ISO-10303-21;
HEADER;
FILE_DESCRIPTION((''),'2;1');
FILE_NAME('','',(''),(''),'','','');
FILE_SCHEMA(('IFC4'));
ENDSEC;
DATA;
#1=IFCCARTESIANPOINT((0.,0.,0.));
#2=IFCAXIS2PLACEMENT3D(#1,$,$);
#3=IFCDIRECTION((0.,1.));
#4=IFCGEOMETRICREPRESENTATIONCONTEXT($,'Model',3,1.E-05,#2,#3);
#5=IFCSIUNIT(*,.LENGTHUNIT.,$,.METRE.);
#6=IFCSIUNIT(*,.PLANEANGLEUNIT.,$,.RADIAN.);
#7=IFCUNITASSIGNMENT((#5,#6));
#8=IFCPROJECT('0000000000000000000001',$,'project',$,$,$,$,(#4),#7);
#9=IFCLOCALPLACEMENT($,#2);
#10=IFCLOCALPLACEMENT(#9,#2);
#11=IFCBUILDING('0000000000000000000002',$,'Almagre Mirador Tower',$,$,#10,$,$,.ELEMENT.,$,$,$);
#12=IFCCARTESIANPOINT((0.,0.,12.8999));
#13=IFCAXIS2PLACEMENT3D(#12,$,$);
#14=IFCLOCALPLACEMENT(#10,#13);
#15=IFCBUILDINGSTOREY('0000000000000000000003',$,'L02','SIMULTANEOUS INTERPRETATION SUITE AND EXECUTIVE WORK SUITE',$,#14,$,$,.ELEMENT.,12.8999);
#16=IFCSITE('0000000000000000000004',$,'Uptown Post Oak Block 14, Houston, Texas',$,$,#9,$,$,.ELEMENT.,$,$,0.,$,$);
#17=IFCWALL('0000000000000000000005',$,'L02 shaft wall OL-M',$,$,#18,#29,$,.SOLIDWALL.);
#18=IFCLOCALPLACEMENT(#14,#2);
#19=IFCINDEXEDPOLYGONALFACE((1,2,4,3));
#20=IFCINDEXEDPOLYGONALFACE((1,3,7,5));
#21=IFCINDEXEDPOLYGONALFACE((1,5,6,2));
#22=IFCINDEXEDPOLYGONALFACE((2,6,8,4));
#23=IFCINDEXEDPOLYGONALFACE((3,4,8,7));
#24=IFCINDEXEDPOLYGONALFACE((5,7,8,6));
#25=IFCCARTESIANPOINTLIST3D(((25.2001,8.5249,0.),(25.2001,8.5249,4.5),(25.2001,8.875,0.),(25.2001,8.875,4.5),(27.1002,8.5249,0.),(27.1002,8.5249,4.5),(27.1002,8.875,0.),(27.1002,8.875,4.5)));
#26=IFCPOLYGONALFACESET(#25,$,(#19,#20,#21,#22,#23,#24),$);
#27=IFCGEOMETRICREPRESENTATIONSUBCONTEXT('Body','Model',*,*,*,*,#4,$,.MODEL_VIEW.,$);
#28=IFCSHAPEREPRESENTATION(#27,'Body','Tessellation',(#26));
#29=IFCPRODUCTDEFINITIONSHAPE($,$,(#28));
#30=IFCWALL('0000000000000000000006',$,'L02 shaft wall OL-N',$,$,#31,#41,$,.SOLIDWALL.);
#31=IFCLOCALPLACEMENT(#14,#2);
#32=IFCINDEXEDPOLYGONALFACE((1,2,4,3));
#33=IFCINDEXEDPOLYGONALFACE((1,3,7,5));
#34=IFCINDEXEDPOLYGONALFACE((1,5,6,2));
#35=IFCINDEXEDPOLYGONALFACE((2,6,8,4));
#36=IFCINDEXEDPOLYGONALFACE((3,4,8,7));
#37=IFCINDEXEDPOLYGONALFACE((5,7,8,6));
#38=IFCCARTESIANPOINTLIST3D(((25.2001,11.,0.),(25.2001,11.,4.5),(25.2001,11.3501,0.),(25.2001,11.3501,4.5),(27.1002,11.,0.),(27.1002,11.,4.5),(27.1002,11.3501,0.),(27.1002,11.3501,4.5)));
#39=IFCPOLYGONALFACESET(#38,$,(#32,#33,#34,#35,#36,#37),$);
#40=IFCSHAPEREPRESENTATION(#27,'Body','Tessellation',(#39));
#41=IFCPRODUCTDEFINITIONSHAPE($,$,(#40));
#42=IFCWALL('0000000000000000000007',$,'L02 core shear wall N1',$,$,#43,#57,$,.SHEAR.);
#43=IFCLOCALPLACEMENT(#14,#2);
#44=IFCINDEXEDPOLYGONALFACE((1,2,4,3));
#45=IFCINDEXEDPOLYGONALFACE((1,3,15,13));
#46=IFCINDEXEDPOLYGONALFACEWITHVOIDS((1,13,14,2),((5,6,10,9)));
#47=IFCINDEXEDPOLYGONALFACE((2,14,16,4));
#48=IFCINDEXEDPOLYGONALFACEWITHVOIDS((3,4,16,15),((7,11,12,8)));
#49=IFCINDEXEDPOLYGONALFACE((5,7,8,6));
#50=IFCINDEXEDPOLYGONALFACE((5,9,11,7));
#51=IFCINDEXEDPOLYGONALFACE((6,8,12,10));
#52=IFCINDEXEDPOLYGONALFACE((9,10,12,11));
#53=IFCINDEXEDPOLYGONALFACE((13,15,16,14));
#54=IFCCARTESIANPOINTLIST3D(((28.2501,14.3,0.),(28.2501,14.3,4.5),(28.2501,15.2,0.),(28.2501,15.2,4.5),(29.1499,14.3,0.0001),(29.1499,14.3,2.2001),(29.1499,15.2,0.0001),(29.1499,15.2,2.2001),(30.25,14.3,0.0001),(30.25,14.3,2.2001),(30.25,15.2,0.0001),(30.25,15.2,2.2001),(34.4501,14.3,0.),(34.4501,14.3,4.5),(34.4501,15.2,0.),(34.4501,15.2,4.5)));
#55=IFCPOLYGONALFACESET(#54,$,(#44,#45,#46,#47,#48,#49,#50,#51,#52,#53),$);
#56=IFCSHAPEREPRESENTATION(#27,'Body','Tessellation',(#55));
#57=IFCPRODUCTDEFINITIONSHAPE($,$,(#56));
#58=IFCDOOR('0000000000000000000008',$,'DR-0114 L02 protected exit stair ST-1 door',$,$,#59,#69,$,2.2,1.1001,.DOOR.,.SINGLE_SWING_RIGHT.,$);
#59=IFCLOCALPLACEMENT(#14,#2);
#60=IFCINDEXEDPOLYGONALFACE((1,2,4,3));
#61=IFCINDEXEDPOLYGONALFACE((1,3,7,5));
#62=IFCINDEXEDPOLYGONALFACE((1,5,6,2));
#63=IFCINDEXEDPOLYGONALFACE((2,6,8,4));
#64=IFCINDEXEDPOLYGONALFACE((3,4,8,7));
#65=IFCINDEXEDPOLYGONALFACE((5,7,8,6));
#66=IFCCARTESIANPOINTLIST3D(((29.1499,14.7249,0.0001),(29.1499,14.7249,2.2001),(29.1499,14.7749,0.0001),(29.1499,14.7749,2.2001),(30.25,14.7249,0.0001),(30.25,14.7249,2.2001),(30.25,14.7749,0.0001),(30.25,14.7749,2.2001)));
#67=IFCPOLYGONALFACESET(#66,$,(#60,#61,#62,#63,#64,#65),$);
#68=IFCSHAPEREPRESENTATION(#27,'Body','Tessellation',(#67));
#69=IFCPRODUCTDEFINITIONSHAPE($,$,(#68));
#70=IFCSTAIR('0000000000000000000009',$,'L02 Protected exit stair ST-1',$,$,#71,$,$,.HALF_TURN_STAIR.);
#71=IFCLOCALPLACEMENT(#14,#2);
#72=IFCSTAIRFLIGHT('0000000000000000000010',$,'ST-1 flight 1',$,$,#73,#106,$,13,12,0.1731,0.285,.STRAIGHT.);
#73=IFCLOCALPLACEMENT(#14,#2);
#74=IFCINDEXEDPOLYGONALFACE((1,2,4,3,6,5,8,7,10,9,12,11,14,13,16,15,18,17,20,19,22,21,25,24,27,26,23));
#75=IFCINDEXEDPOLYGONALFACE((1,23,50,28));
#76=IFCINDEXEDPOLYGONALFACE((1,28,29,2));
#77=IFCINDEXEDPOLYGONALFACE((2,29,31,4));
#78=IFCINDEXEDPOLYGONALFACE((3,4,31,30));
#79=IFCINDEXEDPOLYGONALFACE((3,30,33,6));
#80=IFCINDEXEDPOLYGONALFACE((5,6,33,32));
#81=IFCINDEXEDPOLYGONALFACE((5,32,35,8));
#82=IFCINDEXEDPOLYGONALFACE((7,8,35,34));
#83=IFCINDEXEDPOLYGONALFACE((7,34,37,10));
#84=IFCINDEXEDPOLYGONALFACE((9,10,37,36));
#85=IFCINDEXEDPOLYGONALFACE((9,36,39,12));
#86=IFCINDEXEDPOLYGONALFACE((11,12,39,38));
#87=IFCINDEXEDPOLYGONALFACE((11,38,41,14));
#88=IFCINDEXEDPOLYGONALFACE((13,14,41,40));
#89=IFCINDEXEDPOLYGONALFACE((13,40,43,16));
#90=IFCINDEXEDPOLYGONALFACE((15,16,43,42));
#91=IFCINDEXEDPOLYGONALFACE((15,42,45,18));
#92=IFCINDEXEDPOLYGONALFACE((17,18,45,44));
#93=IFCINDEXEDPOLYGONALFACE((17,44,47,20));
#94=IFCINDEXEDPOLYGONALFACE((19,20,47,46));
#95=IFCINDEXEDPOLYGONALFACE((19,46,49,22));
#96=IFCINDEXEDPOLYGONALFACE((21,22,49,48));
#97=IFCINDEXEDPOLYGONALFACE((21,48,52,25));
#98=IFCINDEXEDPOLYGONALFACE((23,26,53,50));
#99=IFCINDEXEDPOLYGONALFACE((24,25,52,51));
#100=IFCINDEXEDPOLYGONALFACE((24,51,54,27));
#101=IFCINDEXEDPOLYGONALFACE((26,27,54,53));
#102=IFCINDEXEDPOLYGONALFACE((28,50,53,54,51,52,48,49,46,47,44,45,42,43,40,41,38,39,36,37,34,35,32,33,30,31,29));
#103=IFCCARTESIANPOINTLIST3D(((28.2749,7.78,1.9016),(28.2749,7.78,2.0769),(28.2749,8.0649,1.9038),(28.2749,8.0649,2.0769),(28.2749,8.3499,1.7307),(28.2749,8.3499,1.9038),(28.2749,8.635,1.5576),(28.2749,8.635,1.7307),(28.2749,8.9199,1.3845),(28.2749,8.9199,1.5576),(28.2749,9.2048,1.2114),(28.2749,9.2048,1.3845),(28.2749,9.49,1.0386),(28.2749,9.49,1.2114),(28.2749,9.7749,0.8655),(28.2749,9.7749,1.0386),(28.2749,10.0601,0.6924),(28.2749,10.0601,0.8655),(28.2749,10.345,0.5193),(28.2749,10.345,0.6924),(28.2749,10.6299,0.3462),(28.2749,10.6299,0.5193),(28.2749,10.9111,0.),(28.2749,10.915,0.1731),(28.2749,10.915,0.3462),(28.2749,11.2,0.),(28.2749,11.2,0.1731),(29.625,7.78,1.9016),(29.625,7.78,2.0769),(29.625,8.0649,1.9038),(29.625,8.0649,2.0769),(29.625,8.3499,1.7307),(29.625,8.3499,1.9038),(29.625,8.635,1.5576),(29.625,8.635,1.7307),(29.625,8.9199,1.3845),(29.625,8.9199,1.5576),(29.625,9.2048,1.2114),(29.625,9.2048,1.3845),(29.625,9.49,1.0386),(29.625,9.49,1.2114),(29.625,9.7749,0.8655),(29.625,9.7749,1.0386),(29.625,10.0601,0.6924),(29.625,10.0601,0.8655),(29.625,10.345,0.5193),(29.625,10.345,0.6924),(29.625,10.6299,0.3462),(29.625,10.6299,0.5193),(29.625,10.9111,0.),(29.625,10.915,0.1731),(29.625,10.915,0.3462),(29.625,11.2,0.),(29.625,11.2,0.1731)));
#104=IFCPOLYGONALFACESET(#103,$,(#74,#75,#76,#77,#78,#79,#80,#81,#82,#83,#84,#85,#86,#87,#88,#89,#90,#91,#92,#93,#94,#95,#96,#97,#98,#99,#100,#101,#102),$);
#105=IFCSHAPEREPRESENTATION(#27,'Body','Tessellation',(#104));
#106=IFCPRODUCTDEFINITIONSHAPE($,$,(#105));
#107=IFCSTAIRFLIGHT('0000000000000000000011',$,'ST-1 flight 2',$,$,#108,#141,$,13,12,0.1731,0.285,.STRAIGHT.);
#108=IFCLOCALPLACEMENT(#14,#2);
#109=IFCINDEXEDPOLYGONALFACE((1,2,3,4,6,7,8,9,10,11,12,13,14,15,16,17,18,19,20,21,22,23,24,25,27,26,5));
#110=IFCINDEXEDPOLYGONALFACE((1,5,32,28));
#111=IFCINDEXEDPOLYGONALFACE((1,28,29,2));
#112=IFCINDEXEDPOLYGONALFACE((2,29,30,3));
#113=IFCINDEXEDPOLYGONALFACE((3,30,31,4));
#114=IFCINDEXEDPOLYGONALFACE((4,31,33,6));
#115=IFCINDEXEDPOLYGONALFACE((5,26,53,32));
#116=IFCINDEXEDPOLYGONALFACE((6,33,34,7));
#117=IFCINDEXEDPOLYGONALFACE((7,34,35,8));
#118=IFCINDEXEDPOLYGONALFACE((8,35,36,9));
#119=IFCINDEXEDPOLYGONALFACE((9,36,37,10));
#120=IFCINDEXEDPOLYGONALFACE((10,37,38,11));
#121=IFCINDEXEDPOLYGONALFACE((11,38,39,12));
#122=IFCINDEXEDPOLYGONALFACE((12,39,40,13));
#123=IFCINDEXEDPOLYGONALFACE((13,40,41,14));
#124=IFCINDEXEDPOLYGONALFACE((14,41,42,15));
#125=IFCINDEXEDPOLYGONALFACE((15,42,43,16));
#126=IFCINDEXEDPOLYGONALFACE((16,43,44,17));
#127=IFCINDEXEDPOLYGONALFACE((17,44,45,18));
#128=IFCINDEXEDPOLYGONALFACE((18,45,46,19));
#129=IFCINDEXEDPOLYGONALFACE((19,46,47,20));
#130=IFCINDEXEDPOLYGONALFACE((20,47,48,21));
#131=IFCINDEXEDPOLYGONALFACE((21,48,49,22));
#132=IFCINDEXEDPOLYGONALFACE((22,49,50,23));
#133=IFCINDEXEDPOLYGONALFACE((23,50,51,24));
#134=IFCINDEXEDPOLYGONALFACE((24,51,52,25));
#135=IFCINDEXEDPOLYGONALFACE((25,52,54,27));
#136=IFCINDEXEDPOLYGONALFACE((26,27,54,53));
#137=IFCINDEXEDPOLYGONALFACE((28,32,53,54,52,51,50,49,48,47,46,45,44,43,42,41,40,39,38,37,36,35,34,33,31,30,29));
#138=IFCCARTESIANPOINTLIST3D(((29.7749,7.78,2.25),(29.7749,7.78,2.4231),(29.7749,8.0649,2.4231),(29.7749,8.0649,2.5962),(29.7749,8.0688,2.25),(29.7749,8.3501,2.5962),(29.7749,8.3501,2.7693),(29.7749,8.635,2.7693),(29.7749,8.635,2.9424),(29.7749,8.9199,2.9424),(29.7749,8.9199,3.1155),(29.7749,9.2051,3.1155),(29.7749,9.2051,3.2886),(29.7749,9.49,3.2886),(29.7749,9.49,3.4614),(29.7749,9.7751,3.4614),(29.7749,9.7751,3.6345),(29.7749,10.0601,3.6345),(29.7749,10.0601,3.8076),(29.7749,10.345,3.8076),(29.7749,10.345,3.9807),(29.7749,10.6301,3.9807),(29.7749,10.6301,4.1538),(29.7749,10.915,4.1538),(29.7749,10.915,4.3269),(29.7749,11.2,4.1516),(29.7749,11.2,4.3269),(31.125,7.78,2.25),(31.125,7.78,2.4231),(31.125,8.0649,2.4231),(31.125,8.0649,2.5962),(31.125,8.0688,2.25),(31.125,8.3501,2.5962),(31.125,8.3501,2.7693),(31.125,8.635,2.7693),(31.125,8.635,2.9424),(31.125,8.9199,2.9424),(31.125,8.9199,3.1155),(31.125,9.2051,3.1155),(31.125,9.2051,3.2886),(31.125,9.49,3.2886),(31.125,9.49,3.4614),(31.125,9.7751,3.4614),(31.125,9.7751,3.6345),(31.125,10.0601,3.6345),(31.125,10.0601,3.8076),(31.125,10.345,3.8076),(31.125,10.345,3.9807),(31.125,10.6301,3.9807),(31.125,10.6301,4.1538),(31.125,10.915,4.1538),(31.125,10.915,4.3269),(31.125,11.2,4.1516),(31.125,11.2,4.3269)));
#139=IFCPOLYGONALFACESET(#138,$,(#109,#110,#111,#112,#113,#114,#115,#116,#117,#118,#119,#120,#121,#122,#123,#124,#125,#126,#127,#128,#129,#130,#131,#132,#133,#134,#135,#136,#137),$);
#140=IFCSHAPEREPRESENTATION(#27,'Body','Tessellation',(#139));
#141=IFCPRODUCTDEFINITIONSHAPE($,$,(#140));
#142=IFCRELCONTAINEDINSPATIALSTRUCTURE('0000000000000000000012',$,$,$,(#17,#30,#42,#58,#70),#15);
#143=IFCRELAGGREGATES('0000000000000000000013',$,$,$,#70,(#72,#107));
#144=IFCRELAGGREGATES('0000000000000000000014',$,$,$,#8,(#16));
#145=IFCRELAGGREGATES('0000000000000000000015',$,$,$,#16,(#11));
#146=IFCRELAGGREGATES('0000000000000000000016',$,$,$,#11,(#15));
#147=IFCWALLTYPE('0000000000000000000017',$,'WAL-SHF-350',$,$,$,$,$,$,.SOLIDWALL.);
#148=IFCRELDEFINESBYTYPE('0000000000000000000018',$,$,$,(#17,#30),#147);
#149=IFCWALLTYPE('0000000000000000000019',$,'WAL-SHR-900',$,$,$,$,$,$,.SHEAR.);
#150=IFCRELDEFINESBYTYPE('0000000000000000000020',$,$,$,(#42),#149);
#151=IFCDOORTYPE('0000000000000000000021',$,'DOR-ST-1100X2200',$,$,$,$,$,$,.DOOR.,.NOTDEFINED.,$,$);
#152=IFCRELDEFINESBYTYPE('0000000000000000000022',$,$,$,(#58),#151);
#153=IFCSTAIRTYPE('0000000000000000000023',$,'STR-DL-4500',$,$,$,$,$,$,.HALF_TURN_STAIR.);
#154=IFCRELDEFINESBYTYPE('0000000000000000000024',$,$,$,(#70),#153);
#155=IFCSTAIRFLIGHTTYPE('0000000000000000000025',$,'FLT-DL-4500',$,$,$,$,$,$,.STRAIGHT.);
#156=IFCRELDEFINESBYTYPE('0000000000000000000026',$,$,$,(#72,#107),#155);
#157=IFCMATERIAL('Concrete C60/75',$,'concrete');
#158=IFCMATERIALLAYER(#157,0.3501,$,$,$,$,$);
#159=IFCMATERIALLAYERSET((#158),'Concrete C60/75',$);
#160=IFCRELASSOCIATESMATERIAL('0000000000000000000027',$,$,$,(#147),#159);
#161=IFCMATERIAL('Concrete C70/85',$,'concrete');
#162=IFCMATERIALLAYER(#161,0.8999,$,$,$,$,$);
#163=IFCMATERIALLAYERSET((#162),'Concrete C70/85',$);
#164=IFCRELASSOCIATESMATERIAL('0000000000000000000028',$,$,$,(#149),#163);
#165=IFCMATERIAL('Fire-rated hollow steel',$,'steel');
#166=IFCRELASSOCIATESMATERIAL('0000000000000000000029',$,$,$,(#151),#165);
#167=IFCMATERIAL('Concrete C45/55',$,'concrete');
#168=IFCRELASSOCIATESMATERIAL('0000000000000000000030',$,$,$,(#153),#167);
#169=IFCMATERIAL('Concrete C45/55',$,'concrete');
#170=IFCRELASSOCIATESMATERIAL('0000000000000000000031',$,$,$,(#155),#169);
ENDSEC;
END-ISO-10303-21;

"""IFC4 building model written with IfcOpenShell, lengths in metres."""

from ifc_helpers import new_model, si_unit, direction, frame, frame_2d, origin, place, context, subcontext, project, spatial, polyline, rectangle, outline, extrude, material, layer, layer_set, type_object, element, fill, aggregate, save


model = new_model("IFC4")

# Units and contexts
model_context = context("Model", 3, precision=1e-05, world=origin(), true_north=direction((0.0, 1.0)))
body_context = subcontext(model_context, "Body", "Model", "MODEL_VIEW")
ifc_project = project(units=[si_unit("LENGTHUNIT", "METRE"), si_unit("PLANEANGLEUNIT", "RADIAN")], contexts=[model_context])

# Site, building, storey
site_placement = place(None, origin())
site = spatial("IfcSite", under=ifc_project, at=site_placement, Name="Uptown Post Oak Block 14, Houston, Texas", CompositionType="ELEMENT", RefElevation=0.0)
building_placement = place(site_placement, origin())
building = spatial("IfcBuilding", under=site, at=building_placement, Name="Almagre Mirador Tower", CompositionType="ELEMENT")
storey_placement = place(building_placement, frame((0.0, 0.0, 12.8999)))
storey = spatial("IfcBuildingStorey", under=building, at=storey_placement, Name="L02", Description="SIMULTANEOUS INTERPRETATION SUITE AND EXECUTIVE WORK SUITE", CompositionType="ELEMENT", Elevation=12.8999)

# Shared definitions
ifc_material_1 = material(Name="Concrete C60/75", Category="concrete")
ifc_layer_1 = layer(ifc_material_1, 0.3501)
ifc_layer_set_1 = layer_set([ifc_layer_1], Name="Concrete C60/75")
wall_type_1 = type_object("IfcWallType", Name="WAL-SHF-350", PredefinedType="SOLIDWALL", material=ifc_layer_set_1)

# Walls
for number, where, z_axis, x_axis, name in (
    (1, (25.2, 8.7, 0.0), (0.0, 0.0, 1.0), (1.0, 0.0, 0.0), "L02 shaft wall OL-M"),
    (2, (25.2, 11.175, 0.0), (0.0, 0.0, 1.0), (1.0, 0.0, 0.0), "L02 shaft wall OL-N"),
):
    element("IfcWall", number, at=place(storey_placement, frame(where, z_axis=z_axis, x_axis=x_axis)), inside=storey, type_object=wall_type_1, Name=name, PredefinedType="SOLIDWALL", context=body_context, shape_type="SweptSolid", body=[
        extrude(rectangle(XDim=1.9001, YDim=0.3501, at=frame_2d((0.9502, 0.0))), origin(), (0.0, 0.0, 1.0), 4.5),
    ])

# Wall, opening, door
ifc_material_2 = material(Name="Concrete C70/85", Category="concrete")
ifc_layer_2 = layer(ifc_material_2, 0.8999)
ifc_layer_set_2 = layer_set([ifc_layer_2], Name="Concrete C70/85")
wall_type_2 = type_object("IfcWallType", Name="WAL-SHR-900", PredefinedType="SHEAR", material=ifc_layer_set_2)
wall_1_placement = place(storey_placement, frame((28.25, 14.75, 0.0), z_axis=(0.0, 0.0, 1.0), x_axis=(1.0, 0.0, 0.0)))
wall_1 = element("IfcWall", 3, at=wall_1_placement, inside=storey, type_object=wall_type_2, Name="L02 core shear wall N1", PredefinedType="SHEAR", context=body_context, shape_type="SweptSolid", body=[
    extrude(rectangle(XDim=6.2, YDim=0.8999, at=frame_2d((3.1001, 0.0))), origin(), (0.0, 0.0, 1.0), 4.5),
])
opening_1_placement = place(wall_1_placement, frame((0.8999, 0.0, 0.0)))
opening_1 = element("IfcOpeningElement", 4, at=opening_1_placement, cuts=wall_1, PredefinedType="OPENING", context=body_context, shape_type="SweptSolid", body=[
    extrude(rectangle(XDim=1.1001, YDim=2.2, at=frame_2d((0.55, 1.1001))), frame((0.0, 0.46, 0.0), z_axis=(0.0, -1.0, 0.0), x_axis=(1.0, 0.0, 0.0)), (0.0, 0.0, 1.0), 0.9199),
])
ifc_material_3 = material(Name="Fire-rated hollow steel", Category="steel")
door_type_1 = type_object("IfcDoorType", Name="DOR-ST-1100X2200", OperationType="NOTDEFINED", PredefinedType="DOOR", material=ifc_material_3)
door_1_placement = place(opening_1_placement, origin())
door_1 = element("IfcDoor", 5, at=door_1_placement, inside=storey, type_object=door_type_1, Name="DR-0114 L02 protected exit stair ST-1 door", OperationType="SINGLE_SWING_RIGHT", OverallHeight=2.2, OverallWidth=1.1001, PredefinedType="DOOR", context=body_context, shape_type="SweptSolid", body=[
    extrude(rectangle(XDim=1.1001, YDim=2.2, at=frame_2d((0.55, 1.1001))), frame((0.0, 0.0249, 0.0), z_axis=(0.0, -1.0, 0.0), x_axis=(1.0, 0.0, 0.0)), (0.0, 0.0, 1.0), 0.05),
])
fill(opening_1, door_1)

# Stair, stair flights
ifc_material_4 = material(Name="Concrete C45/55", Category="concrete")
stair_type = type_object("IfcStairType", Name="STR-DL-4500", PredefinedType="HALF_TURN_STAIR", material=ifc_material_4)
stair_placement = place(storey_placement, origin())
stair = element("IfcStair", 6, at=stair_placement, inside=storey, type_object=stair_type, Name="L02 Protected exit stair ST-1", PredefinedType="HALF_TURN_STAIR")
ifc_material_5 = material(Name="Concrete C45/55", Category="concrete")
stair_flight_type = type_object("IfcStairFlightType", Name="FLT-DL-4500", PredefinedType="STRAIGHT", material=ifc_material_5)
stair_flight_1_placement = place(storey_placement, frame((28.95, 11.2, 0.0), z_axis=(0.0, 0.0, 1.0), x_axis=(0.0, -1.0, 0.0)))
stair_flight_1 = element("IfcStairFlight", 7, at=stair_flight_1_placement, type_object=stair_flight_type, Name="ST-1 flight 1", NumberOfRisers=13, NumberOfTreads=12, PredefinedType="STRAIGHT", RiserHeight=0.1731, TreadLength=0.285, context=body_context, shape_type="SweptSolid", body=[
    extrude(outline(polyline([(0.0, 0.0), (0.0, 0.1731), (0.2849, 0.1731), (0.2849, 0.3462), (0.5701, 0.3462), (0.5701, 0.5193), (0.855, 0.5193), (0.855, 0.6924), (1.1399, 0.6924), (1.1399, 0.8655), (1.425, 0.8655), (1.425, 1.0386), (1.71, 1.0386), (1.71, 1.2114), (1.9951, 1.2114), (1.9951, 1.3845), (2.28, 1.3845), (2.28, 1.5576), (2.5649, 1.5576), (2.5649, 1.7307), (2.8501, 1.7307), (2.8501, 1.9038), (3.135, 1.9038), (3.135, 2.0769), (3.4199, 2.0769), (3.4199, 2.25), (3.4199, 1.9016), (0.2888, 0.0), (0.0, 0.0)])), frame((0.0, 0.675, 0.0), z_axis=(0.0, -1.0, 0.0), x_axis=(1.0, 0.0, 0.0)), (0.0, 0.0, 1.0), 1.3501),
])
stair_flight_2_placement = place(storey_placement, frame((30.45, 7.78, 2.25), z_axis=(0.0, 0.0, 1.0), x_axis=(0.0, 1.0, 0.0)))
stair_flight_2 = element("IfcStairFlight", 8, at=stair_flight_2_placement, type_object=stair_flight_type, Name="ST-1 flight 2", NumberOfRisers=13, NumberOfTreads=12, PredefinedType="STRAIGHT", RiserHeight=0.1731, TreadLength=0.285, context=body_context, shape_type="SweptSolid", body=[
    extrude(outline(polyline([(0.0, 0.0), (0.0, 0.1731), (0.2849, 0.1731), (0.2849, 0.3462), (0.5701, 0.3462), (0.5701, 0.5193), (0.855, 0.5193), (0.855, 0.6924), (1.1399, 0.6924), (1.1399, 0.8655), (1.425, 0.8655), (1.425, 1.0386), (1.71, 1.0386), (1.71, 1.2114), (1.9951, 1.2114), (1.9951, 1.3845), (2.28, 1.3845), (2.28, 1.5576), (2.5649, 1.5576), (2.5649, 1.7307), (2.8501, 1.7307), (2.8501, 1.9038), (3.135, 1.9038), (3.135, 2.0769), (3.4199, 2.0769), (3.4199, 2.25), (3.4199, 1.9016), (0.2888, 0.0), (0.0, 0.0)])), frame((0.0, 0.675, 0.0), z_axis=(0.0, -1.0, 0.0), x_axis=(1.0, 0.0, 0.0)), (0.0, 0.0, 1.0), 1.3501),
])
aggregate(stair, [stair_flight_1, stair_flight_2])

save(model, "model.ifc")
